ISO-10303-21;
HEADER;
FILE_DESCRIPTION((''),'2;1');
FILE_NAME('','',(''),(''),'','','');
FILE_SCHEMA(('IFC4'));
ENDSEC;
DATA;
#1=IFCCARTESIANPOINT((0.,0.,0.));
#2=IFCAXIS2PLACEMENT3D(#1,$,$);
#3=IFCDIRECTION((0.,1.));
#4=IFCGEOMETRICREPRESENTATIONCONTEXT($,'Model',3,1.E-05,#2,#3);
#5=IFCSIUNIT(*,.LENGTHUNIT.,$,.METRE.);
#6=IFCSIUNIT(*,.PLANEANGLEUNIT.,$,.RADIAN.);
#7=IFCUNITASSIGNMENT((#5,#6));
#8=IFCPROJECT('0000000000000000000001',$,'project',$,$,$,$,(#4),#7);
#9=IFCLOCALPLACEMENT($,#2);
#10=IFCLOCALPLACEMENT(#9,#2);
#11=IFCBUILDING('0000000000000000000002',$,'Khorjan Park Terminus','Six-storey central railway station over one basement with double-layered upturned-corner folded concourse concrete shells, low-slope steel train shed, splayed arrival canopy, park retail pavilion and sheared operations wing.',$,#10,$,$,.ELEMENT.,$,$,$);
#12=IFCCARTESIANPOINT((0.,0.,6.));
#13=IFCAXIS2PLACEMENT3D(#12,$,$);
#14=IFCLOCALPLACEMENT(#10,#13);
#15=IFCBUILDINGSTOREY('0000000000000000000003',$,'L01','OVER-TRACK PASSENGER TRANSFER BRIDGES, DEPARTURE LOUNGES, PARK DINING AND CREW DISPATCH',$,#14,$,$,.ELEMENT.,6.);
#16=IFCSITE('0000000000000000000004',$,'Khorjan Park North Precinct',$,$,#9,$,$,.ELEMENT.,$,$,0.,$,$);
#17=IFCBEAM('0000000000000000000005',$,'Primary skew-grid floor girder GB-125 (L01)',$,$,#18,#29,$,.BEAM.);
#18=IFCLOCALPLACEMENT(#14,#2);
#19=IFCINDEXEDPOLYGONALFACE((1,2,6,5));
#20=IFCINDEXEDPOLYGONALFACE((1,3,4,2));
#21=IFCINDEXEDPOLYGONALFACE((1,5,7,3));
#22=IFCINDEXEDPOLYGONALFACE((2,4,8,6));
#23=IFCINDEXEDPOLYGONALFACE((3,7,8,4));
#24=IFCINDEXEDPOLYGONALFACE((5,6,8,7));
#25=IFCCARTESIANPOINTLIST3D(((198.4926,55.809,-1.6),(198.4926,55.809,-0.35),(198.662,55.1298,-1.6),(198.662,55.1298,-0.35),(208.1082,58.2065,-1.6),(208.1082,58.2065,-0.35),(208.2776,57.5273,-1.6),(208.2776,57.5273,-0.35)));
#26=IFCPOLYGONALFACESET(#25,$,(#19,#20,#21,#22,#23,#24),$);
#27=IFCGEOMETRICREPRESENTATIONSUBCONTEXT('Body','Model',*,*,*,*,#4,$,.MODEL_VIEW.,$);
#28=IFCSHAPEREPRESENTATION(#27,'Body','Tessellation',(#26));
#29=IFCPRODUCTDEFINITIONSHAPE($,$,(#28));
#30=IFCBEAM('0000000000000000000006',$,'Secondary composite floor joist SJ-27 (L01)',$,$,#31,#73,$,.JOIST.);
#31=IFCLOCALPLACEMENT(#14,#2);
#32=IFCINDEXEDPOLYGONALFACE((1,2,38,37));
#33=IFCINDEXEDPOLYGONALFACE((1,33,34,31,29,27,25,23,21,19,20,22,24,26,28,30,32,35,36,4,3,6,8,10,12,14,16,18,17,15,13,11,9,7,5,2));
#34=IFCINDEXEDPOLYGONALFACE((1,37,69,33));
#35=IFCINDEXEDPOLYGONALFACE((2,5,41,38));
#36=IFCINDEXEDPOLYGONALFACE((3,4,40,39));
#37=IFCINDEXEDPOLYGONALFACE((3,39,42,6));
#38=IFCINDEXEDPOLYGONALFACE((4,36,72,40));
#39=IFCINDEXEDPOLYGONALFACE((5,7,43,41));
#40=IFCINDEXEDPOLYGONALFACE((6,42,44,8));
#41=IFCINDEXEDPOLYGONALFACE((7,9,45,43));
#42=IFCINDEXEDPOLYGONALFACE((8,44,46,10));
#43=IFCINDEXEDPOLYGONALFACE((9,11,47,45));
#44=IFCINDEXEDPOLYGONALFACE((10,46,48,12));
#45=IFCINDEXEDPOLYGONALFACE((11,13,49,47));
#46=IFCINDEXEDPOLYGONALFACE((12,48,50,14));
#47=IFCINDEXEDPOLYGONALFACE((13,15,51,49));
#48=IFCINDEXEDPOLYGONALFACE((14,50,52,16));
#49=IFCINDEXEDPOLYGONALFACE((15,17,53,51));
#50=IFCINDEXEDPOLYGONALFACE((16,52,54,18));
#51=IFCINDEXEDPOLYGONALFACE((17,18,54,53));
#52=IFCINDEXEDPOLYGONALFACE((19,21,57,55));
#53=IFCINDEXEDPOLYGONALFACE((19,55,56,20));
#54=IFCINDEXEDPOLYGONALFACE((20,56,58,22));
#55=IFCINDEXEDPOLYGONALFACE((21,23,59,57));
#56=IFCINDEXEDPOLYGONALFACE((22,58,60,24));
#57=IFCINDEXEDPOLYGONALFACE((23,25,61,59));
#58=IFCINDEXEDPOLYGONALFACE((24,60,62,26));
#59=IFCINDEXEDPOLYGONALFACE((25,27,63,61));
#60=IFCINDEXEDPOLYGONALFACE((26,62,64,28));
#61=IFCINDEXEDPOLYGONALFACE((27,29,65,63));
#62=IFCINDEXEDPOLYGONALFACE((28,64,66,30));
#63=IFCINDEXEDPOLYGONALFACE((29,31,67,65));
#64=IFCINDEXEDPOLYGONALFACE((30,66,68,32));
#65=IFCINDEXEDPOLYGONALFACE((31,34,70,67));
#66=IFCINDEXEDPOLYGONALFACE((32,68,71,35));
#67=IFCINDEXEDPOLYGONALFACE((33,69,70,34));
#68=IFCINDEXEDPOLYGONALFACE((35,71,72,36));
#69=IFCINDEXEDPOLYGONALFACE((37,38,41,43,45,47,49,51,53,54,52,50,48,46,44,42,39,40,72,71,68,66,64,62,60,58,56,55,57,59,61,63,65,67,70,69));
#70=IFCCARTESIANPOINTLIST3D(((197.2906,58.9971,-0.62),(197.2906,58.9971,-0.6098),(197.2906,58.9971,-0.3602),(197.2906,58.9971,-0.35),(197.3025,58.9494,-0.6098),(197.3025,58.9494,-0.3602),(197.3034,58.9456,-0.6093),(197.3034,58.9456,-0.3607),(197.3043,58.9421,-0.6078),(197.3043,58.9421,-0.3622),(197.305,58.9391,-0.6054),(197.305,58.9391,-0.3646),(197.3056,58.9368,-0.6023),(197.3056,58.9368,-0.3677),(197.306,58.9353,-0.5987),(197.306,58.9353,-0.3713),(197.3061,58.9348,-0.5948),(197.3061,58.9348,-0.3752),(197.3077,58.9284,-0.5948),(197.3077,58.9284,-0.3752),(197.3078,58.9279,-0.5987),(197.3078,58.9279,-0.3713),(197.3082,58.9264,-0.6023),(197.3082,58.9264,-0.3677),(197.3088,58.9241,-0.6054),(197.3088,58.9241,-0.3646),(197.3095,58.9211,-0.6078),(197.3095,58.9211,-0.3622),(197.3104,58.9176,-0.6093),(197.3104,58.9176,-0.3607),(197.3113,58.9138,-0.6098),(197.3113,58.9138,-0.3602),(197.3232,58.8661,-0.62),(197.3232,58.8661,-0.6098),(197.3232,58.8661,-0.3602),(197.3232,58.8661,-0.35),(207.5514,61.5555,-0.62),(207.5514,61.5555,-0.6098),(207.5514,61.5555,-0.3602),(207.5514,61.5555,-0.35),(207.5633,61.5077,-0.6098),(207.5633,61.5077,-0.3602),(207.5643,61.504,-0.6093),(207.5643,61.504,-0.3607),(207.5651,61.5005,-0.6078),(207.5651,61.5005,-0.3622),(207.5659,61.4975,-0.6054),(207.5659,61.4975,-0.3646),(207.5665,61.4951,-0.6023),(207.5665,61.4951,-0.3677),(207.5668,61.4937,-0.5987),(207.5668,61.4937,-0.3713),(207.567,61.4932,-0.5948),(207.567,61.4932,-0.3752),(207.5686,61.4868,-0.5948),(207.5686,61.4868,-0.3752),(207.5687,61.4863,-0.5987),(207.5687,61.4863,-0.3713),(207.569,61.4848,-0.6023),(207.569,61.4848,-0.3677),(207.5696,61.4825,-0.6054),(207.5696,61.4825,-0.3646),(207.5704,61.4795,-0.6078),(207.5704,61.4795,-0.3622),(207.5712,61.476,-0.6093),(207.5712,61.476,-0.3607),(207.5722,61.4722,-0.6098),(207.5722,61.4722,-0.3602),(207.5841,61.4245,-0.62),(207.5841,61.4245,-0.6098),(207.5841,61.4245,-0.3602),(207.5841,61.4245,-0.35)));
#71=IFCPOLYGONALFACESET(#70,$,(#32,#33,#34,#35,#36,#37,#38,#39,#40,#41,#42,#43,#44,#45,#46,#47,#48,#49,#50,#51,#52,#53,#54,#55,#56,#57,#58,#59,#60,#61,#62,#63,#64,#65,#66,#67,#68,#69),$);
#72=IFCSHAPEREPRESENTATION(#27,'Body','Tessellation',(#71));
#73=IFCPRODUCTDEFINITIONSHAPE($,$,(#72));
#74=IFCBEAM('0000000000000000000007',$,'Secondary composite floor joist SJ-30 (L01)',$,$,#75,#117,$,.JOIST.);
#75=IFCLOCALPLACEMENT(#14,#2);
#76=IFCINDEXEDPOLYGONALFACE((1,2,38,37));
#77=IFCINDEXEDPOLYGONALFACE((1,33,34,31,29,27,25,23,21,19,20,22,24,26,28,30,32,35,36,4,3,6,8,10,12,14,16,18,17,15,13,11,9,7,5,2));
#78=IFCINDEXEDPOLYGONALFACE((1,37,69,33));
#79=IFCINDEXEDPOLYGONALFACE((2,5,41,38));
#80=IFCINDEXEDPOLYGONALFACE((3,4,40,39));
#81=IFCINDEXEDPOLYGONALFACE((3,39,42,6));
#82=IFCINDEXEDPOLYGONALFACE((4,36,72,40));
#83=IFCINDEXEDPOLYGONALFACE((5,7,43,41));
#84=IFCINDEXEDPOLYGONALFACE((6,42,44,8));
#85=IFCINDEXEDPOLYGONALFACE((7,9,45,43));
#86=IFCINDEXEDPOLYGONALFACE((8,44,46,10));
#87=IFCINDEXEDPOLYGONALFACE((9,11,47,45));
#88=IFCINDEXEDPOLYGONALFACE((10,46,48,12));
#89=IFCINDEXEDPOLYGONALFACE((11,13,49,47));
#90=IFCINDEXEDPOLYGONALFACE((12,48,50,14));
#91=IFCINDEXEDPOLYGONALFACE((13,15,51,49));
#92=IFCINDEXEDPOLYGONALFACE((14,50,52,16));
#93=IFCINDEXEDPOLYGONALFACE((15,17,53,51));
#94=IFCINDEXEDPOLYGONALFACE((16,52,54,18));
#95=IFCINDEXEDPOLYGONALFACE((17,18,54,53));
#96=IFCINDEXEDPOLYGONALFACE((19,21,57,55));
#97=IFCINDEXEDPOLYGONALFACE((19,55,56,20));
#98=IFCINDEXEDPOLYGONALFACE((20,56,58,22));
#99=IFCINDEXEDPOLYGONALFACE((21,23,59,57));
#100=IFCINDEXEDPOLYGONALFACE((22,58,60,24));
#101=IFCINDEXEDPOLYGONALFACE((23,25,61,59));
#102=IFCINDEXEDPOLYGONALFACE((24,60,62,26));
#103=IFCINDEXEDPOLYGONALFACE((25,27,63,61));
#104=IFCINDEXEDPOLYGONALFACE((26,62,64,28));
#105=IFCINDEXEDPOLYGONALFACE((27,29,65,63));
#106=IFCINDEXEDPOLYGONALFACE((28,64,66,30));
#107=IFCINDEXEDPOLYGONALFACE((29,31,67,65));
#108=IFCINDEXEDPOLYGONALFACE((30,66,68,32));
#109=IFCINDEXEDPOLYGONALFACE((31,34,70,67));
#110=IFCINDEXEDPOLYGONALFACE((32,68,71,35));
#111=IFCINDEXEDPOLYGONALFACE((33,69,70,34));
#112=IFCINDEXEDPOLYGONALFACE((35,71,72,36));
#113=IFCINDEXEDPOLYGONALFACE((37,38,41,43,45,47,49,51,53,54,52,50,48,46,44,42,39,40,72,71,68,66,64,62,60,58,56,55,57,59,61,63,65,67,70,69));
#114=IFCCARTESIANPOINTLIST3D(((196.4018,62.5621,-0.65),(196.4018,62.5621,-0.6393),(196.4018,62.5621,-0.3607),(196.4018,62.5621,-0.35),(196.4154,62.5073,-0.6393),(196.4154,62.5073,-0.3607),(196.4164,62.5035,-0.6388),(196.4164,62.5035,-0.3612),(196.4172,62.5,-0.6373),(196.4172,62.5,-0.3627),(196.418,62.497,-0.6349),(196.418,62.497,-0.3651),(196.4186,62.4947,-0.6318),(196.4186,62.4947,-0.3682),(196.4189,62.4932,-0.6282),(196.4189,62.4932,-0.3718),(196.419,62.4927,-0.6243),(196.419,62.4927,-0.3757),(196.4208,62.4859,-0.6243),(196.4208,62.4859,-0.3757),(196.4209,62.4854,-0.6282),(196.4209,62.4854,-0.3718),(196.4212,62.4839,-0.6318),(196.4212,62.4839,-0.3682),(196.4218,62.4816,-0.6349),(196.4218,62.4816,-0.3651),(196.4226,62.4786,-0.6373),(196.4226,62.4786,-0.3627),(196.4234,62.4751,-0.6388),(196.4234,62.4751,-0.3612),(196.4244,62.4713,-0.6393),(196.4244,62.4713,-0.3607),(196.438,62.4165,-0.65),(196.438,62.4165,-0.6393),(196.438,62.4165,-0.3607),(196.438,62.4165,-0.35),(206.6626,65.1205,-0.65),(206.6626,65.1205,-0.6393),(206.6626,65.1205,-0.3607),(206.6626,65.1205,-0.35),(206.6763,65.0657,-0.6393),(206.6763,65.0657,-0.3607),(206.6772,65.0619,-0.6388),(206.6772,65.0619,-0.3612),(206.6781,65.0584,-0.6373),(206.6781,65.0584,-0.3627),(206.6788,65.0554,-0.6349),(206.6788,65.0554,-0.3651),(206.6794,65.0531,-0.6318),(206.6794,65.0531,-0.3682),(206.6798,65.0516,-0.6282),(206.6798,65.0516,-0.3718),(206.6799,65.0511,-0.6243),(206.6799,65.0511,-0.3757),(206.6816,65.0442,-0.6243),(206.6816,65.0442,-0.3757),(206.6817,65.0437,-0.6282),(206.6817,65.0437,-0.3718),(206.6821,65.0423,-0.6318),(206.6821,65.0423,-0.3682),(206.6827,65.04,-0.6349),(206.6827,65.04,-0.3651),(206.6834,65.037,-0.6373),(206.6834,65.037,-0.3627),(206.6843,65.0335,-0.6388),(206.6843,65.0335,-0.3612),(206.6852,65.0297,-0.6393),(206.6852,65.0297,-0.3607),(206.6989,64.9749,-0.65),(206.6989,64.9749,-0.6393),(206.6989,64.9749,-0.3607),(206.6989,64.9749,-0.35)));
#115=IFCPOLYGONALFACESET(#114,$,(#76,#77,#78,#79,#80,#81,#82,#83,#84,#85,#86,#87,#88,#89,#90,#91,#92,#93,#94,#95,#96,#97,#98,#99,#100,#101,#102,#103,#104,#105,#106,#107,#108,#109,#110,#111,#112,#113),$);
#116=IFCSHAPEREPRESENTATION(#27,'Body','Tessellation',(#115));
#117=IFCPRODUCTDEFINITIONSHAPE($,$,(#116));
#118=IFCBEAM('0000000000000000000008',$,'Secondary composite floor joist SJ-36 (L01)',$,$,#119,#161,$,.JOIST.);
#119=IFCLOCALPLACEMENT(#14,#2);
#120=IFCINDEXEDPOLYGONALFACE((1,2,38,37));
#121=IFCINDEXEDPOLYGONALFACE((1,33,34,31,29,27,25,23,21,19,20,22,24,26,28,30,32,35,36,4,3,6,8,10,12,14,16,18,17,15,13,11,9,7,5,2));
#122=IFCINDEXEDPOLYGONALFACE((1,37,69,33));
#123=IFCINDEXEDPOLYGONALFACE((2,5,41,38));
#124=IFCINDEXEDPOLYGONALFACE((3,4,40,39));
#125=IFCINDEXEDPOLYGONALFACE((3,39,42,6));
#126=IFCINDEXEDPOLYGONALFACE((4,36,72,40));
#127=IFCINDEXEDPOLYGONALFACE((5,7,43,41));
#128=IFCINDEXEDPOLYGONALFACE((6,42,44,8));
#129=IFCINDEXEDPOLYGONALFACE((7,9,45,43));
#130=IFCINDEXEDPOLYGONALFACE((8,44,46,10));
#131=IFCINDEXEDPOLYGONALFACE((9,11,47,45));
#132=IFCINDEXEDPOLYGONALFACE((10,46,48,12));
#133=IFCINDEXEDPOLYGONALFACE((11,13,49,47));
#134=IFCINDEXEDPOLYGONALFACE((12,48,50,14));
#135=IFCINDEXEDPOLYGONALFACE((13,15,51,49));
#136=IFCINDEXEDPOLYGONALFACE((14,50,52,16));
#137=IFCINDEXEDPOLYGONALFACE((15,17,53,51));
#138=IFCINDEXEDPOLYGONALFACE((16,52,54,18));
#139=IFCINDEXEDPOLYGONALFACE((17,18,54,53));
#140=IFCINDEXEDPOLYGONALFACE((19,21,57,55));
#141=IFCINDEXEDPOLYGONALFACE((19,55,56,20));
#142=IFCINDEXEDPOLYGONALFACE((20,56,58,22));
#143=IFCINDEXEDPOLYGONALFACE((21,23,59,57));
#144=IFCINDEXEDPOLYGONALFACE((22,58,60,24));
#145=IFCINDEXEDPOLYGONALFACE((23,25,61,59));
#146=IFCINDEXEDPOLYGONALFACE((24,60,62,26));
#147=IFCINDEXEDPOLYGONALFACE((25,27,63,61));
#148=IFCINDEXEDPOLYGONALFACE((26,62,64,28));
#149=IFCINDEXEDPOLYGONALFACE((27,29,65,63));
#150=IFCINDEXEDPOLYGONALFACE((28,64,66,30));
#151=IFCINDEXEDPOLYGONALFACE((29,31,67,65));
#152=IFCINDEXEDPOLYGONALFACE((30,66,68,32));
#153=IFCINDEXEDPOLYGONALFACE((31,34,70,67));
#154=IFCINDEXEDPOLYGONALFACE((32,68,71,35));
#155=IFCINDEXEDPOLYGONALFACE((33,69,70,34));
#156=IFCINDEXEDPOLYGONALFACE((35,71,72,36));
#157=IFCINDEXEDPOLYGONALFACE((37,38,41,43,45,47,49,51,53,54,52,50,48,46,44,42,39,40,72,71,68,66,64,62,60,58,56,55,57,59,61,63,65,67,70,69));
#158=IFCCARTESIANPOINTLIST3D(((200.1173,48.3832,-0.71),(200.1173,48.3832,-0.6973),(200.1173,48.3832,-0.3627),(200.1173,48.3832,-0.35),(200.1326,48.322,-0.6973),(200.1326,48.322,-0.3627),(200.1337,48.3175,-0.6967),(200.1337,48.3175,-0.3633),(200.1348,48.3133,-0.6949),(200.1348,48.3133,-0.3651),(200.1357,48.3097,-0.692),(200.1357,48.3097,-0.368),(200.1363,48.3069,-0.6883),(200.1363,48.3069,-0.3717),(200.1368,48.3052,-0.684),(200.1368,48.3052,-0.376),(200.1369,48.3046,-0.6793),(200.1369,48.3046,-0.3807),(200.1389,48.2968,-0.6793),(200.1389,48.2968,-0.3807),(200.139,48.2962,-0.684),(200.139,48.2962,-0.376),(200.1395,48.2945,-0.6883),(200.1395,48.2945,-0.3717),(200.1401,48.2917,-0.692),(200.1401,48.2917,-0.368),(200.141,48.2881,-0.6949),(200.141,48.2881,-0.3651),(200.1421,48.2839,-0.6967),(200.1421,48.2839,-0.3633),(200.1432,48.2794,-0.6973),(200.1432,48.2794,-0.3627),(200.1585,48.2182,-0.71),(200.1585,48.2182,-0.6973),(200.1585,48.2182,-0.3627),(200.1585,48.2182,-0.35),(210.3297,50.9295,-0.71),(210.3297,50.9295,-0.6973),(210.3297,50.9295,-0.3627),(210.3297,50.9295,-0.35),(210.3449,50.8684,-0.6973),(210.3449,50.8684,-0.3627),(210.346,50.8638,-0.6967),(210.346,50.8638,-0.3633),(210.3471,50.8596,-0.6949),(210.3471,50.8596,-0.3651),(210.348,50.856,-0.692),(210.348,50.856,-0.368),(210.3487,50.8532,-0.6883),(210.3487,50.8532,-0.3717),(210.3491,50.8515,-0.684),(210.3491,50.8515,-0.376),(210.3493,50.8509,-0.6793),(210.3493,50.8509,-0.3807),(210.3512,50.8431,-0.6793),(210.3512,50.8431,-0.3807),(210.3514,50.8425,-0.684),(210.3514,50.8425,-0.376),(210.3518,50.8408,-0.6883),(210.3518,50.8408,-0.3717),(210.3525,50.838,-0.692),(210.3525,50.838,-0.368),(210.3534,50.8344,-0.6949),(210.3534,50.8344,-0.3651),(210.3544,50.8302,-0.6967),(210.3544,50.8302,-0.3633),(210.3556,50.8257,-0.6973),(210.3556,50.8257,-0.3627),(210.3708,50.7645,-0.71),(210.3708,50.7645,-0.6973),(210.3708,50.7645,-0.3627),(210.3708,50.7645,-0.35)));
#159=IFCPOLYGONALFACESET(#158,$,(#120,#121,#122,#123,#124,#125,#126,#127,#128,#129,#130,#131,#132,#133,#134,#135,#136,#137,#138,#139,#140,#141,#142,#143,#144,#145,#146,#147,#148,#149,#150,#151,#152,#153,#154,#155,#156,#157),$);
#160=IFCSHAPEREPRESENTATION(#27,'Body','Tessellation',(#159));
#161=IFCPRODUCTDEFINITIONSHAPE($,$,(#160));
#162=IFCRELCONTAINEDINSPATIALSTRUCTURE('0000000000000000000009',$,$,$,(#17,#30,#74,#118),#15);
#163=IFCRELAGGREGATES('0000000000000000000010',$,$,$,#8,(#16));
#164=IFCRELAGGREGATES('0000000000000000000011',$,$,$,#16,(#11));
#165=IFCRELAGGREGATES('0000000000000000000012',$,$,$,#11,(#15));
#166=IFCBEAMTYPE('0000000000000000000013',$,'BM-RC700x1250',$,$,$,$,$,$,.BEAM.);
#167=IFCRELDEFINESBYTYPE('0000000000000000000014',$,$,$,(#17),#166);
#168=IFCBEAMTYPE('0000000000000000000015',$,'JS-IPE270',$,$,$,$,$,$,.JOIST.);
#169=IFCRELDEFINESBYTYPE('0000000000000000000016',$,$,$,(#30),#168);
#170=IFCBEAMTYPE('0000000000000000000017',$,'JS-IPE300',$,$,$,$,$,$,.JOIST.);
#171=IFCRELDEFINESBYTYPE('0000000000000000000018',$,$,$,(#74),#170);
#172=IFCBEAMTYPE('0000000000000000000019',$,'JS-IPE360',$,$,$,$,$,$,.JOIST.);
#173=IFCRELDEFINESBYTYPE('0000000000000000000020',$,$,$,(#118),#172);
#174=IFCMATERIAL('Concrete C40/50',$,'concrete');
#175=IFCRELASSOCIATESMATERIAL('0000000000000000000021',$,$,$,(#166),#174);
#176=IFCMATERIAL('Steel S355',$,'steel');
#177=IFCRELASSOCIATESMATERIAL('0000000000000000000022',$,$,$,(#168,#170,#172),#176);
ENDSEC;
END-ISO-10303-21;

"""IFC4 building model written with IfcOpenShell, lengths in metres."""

from ifc_helpers import new_model, si_unit, direction, frame, origin, origin_2d, place, context, subcontext, project, spatial, rectangle, i_section, extrude, material, material_profile, profile_set, type_object, element, save


model = new_model("IFC4")

# Units and contexts
model_context = context("Model", 3, precision=1e-05, world=origin(), true_north=direction((0.0, 1.0)))
body_context = subcontext(model_context, "Body", "Model", "MODEL_VIEW")
ifc_project = project(units=[si_unit("LENGTHUNIT", "METRE"), si_unit("PLANEANGLEUNIT", "RADIAN")], contexts=[model_context])

# Site, building, storey
site_placement = place(None, origin())
site = spatial("IfcSite", under=ifc_project, at=site_placement, Name="Khorjan Park North Precinct", CompositionType="ELEMENT", RefElevation=0.0)
building_placement = place(site_placement, origin())
building = spatial("IfcBuilding", under=site, at=building_placement, Name="Khorjan Park Terminus", Description="Six-storey central railway station over one basement with double-layered upturned-corner folded concourse concrete shells, low-slope steel train shed, splayed arrival canopy, park retail pavilion and sheared operations wing.", CompositionType="ELEMENT")
storey_placement = place(building_placement, frame((0.0, 0.0, 6.0)))
storey = spatial("IfcBuildingStorey", under=building, at=storey_placement, Name="L01", Description="OVER-TRACK PASSENGER TRANSFER BRIDGES, DEPARTURE LOUNGES, PARK DINING AND CREW DISPATCH", CompositionType="ELEMENT", Elevation=6.0)

# Beams
ifc_material_1 = material(Name="Steel S355", Category="steel")
ifc_material_2 = material(Name="Concrete C40/50", Category="concrete")
ifc_material_profile_1 = material_profile(ifc_material_2, rectangle(XDim=0.7, YDim=1.25, at=origin_2d()), Name="RC 700x1250")
ifc_profile_set_1 = profile_set([ifc_material_profile_1], Name="Concrete C40/50")
beam_type_1 = type_object("IfcBeamType", Name="BM-RC700x1250", PredefinedType="BEAM", material=ifc_profile_set_1)
beam_1_placement = place(storey_placement, frame((198.5773, 55.4694, -0.975), z_axis=(0.970294, 0.241928, 0.0), x_axis=(-0.241928, 0.970294, 0.0)))
element("IfcBeam", 1, at=beam_1_placement, inside=storey, type_object=beam_type_1, Name="Primary skew-grid floor girder GB-125 (L01)", PredefinedType="BEAM", context=body_context, shape_type="SweptSolid", body=[
    extrude(rectangle(XDim=0.7, YDim=1.25, at=origin_2d()), origin(), (0.0, 0.0, 1.0), 9.91),
])
ifc_material_profile_2 = material_profile(ifc_material_1, i_section(OverallWidth=0.135, OverallDepth=0.27, WebThickness=0.0066, FlangeThickness=0.0102, FilletRadius=0.015, at=origin_2d()), Name="IPE 270")
ifc_profile_set_2 = profile_set([ifc_material_profile_2], Name="Steel S355")
beam_type_2 = type_object("IfcBeamType", Name="JS-IPE270", PredefinedType="JOIST", material=ifc_profile_set_2)
beam_2_placement = place(storey_placement, frame((197.3069, 58.9316, -0.485), z_axis=(0.970294, 0.241928, 0.0), x_axis=(-0.241928, 0.970294, 0.0)))
element("IfcBeam", 2, at=beam_2_placement, inside=storey, type_object=beam_type_2, Name="Secondary composite floor joist SJ-27 (L01)", PredefinedType="JOIST", context=body_context, shape_type="SweptSolid", body=[
    extrude(i_section(OverallWidth=0.135, OverallDepth=0.27, WebThickness=0.0066, FlangeThickness=0.0102, FilletRadius=0.015, at=origin_2d()), origin(), (0.0, 0.0, 1.0), 10.575),
])
ifc_material_profile_3 = material_profile(ifc_material_1, i_section(OverallWidth=0.15, OverallDepth=0.3, WebThickness=0.0071, FlangeThickness=0.0107, FilletRadius=0.015, at=origin_2d()), Name="IPE 300")
ifc_profile_set_3 = profile_set([ifc_material_profile_3], Name="Steel S355")
beam_type_3 = type_object("IfcBeamType", Name="JS-IPE300", PredefinedType="JOIST", material=ifc_profile_set_3)
beam_3_placement = place(storey_placement, frame((196.4199, 62.4893, -0.5), z_axis=(0.970294, 0.241928, 0.0), x_axis=(-0.241928, 0.970294, 0.0)))
element("IfcBeam", 3, at=beam_3_placement, inside=storey, type_object=beam_type_3, Name="Secondary composite floor joist SJ-30 (L01)", PredefinedType="JOIST", context=body_context, shape_type="SweptSolid", body=[
    extrude(i_section(OverallWidth=0.15, OverallDepth=0.3, WebThickness=0.0071, FlangeThickness=0.0107, FilletRadius=0.015, at=origin_2d()), origin(), (0.0, 0.0, 1.0), 10.575),
])
ifc_material_profile_4 = material_profile(ifc_material_1, i_section(OverallWidth=0.17, OverallDepth=0.36, WebThickness=0.008, FlangeThickness=0.0127, FilletRadius=0.018, at=origin_2d()), Name="IPE 360")
ifc_profile_set_4 = profile_set([ifc_material_profile_4], Name="Steel S355")
beam_type_4 = type_object("IfcBeamType", Name="JS-IPE360", PredefinedType="JOIST", material=ifc_profile_set_4)
beam_4_placement = place(storey_placement, frame((200.1379, 48.3007, -0.53), z_axis=(0.970294, 0.24193, 0.0), x_axis=(-0.24193, 0.970294, 0.0)))
element("IfcBeam", 4, at=beam_4_placement, inside=storey, type_object=beam_type_4, Name="Secondary composite floor joist SJ-36 (L01)", PredefinedType="JOIST", context=body_context, shape_type="SweptSolid", body=[
    extrude(i_section(OverallWidth=0.17, OverallDepth=0.36, WebThickness=0.008, FlangeThickness=0.0127, FilletRadius=0.018, at=origin_2d()), origin(), (0.0, 0.0, 1.0), 10.525),
])

save(model, "model.ifc")
